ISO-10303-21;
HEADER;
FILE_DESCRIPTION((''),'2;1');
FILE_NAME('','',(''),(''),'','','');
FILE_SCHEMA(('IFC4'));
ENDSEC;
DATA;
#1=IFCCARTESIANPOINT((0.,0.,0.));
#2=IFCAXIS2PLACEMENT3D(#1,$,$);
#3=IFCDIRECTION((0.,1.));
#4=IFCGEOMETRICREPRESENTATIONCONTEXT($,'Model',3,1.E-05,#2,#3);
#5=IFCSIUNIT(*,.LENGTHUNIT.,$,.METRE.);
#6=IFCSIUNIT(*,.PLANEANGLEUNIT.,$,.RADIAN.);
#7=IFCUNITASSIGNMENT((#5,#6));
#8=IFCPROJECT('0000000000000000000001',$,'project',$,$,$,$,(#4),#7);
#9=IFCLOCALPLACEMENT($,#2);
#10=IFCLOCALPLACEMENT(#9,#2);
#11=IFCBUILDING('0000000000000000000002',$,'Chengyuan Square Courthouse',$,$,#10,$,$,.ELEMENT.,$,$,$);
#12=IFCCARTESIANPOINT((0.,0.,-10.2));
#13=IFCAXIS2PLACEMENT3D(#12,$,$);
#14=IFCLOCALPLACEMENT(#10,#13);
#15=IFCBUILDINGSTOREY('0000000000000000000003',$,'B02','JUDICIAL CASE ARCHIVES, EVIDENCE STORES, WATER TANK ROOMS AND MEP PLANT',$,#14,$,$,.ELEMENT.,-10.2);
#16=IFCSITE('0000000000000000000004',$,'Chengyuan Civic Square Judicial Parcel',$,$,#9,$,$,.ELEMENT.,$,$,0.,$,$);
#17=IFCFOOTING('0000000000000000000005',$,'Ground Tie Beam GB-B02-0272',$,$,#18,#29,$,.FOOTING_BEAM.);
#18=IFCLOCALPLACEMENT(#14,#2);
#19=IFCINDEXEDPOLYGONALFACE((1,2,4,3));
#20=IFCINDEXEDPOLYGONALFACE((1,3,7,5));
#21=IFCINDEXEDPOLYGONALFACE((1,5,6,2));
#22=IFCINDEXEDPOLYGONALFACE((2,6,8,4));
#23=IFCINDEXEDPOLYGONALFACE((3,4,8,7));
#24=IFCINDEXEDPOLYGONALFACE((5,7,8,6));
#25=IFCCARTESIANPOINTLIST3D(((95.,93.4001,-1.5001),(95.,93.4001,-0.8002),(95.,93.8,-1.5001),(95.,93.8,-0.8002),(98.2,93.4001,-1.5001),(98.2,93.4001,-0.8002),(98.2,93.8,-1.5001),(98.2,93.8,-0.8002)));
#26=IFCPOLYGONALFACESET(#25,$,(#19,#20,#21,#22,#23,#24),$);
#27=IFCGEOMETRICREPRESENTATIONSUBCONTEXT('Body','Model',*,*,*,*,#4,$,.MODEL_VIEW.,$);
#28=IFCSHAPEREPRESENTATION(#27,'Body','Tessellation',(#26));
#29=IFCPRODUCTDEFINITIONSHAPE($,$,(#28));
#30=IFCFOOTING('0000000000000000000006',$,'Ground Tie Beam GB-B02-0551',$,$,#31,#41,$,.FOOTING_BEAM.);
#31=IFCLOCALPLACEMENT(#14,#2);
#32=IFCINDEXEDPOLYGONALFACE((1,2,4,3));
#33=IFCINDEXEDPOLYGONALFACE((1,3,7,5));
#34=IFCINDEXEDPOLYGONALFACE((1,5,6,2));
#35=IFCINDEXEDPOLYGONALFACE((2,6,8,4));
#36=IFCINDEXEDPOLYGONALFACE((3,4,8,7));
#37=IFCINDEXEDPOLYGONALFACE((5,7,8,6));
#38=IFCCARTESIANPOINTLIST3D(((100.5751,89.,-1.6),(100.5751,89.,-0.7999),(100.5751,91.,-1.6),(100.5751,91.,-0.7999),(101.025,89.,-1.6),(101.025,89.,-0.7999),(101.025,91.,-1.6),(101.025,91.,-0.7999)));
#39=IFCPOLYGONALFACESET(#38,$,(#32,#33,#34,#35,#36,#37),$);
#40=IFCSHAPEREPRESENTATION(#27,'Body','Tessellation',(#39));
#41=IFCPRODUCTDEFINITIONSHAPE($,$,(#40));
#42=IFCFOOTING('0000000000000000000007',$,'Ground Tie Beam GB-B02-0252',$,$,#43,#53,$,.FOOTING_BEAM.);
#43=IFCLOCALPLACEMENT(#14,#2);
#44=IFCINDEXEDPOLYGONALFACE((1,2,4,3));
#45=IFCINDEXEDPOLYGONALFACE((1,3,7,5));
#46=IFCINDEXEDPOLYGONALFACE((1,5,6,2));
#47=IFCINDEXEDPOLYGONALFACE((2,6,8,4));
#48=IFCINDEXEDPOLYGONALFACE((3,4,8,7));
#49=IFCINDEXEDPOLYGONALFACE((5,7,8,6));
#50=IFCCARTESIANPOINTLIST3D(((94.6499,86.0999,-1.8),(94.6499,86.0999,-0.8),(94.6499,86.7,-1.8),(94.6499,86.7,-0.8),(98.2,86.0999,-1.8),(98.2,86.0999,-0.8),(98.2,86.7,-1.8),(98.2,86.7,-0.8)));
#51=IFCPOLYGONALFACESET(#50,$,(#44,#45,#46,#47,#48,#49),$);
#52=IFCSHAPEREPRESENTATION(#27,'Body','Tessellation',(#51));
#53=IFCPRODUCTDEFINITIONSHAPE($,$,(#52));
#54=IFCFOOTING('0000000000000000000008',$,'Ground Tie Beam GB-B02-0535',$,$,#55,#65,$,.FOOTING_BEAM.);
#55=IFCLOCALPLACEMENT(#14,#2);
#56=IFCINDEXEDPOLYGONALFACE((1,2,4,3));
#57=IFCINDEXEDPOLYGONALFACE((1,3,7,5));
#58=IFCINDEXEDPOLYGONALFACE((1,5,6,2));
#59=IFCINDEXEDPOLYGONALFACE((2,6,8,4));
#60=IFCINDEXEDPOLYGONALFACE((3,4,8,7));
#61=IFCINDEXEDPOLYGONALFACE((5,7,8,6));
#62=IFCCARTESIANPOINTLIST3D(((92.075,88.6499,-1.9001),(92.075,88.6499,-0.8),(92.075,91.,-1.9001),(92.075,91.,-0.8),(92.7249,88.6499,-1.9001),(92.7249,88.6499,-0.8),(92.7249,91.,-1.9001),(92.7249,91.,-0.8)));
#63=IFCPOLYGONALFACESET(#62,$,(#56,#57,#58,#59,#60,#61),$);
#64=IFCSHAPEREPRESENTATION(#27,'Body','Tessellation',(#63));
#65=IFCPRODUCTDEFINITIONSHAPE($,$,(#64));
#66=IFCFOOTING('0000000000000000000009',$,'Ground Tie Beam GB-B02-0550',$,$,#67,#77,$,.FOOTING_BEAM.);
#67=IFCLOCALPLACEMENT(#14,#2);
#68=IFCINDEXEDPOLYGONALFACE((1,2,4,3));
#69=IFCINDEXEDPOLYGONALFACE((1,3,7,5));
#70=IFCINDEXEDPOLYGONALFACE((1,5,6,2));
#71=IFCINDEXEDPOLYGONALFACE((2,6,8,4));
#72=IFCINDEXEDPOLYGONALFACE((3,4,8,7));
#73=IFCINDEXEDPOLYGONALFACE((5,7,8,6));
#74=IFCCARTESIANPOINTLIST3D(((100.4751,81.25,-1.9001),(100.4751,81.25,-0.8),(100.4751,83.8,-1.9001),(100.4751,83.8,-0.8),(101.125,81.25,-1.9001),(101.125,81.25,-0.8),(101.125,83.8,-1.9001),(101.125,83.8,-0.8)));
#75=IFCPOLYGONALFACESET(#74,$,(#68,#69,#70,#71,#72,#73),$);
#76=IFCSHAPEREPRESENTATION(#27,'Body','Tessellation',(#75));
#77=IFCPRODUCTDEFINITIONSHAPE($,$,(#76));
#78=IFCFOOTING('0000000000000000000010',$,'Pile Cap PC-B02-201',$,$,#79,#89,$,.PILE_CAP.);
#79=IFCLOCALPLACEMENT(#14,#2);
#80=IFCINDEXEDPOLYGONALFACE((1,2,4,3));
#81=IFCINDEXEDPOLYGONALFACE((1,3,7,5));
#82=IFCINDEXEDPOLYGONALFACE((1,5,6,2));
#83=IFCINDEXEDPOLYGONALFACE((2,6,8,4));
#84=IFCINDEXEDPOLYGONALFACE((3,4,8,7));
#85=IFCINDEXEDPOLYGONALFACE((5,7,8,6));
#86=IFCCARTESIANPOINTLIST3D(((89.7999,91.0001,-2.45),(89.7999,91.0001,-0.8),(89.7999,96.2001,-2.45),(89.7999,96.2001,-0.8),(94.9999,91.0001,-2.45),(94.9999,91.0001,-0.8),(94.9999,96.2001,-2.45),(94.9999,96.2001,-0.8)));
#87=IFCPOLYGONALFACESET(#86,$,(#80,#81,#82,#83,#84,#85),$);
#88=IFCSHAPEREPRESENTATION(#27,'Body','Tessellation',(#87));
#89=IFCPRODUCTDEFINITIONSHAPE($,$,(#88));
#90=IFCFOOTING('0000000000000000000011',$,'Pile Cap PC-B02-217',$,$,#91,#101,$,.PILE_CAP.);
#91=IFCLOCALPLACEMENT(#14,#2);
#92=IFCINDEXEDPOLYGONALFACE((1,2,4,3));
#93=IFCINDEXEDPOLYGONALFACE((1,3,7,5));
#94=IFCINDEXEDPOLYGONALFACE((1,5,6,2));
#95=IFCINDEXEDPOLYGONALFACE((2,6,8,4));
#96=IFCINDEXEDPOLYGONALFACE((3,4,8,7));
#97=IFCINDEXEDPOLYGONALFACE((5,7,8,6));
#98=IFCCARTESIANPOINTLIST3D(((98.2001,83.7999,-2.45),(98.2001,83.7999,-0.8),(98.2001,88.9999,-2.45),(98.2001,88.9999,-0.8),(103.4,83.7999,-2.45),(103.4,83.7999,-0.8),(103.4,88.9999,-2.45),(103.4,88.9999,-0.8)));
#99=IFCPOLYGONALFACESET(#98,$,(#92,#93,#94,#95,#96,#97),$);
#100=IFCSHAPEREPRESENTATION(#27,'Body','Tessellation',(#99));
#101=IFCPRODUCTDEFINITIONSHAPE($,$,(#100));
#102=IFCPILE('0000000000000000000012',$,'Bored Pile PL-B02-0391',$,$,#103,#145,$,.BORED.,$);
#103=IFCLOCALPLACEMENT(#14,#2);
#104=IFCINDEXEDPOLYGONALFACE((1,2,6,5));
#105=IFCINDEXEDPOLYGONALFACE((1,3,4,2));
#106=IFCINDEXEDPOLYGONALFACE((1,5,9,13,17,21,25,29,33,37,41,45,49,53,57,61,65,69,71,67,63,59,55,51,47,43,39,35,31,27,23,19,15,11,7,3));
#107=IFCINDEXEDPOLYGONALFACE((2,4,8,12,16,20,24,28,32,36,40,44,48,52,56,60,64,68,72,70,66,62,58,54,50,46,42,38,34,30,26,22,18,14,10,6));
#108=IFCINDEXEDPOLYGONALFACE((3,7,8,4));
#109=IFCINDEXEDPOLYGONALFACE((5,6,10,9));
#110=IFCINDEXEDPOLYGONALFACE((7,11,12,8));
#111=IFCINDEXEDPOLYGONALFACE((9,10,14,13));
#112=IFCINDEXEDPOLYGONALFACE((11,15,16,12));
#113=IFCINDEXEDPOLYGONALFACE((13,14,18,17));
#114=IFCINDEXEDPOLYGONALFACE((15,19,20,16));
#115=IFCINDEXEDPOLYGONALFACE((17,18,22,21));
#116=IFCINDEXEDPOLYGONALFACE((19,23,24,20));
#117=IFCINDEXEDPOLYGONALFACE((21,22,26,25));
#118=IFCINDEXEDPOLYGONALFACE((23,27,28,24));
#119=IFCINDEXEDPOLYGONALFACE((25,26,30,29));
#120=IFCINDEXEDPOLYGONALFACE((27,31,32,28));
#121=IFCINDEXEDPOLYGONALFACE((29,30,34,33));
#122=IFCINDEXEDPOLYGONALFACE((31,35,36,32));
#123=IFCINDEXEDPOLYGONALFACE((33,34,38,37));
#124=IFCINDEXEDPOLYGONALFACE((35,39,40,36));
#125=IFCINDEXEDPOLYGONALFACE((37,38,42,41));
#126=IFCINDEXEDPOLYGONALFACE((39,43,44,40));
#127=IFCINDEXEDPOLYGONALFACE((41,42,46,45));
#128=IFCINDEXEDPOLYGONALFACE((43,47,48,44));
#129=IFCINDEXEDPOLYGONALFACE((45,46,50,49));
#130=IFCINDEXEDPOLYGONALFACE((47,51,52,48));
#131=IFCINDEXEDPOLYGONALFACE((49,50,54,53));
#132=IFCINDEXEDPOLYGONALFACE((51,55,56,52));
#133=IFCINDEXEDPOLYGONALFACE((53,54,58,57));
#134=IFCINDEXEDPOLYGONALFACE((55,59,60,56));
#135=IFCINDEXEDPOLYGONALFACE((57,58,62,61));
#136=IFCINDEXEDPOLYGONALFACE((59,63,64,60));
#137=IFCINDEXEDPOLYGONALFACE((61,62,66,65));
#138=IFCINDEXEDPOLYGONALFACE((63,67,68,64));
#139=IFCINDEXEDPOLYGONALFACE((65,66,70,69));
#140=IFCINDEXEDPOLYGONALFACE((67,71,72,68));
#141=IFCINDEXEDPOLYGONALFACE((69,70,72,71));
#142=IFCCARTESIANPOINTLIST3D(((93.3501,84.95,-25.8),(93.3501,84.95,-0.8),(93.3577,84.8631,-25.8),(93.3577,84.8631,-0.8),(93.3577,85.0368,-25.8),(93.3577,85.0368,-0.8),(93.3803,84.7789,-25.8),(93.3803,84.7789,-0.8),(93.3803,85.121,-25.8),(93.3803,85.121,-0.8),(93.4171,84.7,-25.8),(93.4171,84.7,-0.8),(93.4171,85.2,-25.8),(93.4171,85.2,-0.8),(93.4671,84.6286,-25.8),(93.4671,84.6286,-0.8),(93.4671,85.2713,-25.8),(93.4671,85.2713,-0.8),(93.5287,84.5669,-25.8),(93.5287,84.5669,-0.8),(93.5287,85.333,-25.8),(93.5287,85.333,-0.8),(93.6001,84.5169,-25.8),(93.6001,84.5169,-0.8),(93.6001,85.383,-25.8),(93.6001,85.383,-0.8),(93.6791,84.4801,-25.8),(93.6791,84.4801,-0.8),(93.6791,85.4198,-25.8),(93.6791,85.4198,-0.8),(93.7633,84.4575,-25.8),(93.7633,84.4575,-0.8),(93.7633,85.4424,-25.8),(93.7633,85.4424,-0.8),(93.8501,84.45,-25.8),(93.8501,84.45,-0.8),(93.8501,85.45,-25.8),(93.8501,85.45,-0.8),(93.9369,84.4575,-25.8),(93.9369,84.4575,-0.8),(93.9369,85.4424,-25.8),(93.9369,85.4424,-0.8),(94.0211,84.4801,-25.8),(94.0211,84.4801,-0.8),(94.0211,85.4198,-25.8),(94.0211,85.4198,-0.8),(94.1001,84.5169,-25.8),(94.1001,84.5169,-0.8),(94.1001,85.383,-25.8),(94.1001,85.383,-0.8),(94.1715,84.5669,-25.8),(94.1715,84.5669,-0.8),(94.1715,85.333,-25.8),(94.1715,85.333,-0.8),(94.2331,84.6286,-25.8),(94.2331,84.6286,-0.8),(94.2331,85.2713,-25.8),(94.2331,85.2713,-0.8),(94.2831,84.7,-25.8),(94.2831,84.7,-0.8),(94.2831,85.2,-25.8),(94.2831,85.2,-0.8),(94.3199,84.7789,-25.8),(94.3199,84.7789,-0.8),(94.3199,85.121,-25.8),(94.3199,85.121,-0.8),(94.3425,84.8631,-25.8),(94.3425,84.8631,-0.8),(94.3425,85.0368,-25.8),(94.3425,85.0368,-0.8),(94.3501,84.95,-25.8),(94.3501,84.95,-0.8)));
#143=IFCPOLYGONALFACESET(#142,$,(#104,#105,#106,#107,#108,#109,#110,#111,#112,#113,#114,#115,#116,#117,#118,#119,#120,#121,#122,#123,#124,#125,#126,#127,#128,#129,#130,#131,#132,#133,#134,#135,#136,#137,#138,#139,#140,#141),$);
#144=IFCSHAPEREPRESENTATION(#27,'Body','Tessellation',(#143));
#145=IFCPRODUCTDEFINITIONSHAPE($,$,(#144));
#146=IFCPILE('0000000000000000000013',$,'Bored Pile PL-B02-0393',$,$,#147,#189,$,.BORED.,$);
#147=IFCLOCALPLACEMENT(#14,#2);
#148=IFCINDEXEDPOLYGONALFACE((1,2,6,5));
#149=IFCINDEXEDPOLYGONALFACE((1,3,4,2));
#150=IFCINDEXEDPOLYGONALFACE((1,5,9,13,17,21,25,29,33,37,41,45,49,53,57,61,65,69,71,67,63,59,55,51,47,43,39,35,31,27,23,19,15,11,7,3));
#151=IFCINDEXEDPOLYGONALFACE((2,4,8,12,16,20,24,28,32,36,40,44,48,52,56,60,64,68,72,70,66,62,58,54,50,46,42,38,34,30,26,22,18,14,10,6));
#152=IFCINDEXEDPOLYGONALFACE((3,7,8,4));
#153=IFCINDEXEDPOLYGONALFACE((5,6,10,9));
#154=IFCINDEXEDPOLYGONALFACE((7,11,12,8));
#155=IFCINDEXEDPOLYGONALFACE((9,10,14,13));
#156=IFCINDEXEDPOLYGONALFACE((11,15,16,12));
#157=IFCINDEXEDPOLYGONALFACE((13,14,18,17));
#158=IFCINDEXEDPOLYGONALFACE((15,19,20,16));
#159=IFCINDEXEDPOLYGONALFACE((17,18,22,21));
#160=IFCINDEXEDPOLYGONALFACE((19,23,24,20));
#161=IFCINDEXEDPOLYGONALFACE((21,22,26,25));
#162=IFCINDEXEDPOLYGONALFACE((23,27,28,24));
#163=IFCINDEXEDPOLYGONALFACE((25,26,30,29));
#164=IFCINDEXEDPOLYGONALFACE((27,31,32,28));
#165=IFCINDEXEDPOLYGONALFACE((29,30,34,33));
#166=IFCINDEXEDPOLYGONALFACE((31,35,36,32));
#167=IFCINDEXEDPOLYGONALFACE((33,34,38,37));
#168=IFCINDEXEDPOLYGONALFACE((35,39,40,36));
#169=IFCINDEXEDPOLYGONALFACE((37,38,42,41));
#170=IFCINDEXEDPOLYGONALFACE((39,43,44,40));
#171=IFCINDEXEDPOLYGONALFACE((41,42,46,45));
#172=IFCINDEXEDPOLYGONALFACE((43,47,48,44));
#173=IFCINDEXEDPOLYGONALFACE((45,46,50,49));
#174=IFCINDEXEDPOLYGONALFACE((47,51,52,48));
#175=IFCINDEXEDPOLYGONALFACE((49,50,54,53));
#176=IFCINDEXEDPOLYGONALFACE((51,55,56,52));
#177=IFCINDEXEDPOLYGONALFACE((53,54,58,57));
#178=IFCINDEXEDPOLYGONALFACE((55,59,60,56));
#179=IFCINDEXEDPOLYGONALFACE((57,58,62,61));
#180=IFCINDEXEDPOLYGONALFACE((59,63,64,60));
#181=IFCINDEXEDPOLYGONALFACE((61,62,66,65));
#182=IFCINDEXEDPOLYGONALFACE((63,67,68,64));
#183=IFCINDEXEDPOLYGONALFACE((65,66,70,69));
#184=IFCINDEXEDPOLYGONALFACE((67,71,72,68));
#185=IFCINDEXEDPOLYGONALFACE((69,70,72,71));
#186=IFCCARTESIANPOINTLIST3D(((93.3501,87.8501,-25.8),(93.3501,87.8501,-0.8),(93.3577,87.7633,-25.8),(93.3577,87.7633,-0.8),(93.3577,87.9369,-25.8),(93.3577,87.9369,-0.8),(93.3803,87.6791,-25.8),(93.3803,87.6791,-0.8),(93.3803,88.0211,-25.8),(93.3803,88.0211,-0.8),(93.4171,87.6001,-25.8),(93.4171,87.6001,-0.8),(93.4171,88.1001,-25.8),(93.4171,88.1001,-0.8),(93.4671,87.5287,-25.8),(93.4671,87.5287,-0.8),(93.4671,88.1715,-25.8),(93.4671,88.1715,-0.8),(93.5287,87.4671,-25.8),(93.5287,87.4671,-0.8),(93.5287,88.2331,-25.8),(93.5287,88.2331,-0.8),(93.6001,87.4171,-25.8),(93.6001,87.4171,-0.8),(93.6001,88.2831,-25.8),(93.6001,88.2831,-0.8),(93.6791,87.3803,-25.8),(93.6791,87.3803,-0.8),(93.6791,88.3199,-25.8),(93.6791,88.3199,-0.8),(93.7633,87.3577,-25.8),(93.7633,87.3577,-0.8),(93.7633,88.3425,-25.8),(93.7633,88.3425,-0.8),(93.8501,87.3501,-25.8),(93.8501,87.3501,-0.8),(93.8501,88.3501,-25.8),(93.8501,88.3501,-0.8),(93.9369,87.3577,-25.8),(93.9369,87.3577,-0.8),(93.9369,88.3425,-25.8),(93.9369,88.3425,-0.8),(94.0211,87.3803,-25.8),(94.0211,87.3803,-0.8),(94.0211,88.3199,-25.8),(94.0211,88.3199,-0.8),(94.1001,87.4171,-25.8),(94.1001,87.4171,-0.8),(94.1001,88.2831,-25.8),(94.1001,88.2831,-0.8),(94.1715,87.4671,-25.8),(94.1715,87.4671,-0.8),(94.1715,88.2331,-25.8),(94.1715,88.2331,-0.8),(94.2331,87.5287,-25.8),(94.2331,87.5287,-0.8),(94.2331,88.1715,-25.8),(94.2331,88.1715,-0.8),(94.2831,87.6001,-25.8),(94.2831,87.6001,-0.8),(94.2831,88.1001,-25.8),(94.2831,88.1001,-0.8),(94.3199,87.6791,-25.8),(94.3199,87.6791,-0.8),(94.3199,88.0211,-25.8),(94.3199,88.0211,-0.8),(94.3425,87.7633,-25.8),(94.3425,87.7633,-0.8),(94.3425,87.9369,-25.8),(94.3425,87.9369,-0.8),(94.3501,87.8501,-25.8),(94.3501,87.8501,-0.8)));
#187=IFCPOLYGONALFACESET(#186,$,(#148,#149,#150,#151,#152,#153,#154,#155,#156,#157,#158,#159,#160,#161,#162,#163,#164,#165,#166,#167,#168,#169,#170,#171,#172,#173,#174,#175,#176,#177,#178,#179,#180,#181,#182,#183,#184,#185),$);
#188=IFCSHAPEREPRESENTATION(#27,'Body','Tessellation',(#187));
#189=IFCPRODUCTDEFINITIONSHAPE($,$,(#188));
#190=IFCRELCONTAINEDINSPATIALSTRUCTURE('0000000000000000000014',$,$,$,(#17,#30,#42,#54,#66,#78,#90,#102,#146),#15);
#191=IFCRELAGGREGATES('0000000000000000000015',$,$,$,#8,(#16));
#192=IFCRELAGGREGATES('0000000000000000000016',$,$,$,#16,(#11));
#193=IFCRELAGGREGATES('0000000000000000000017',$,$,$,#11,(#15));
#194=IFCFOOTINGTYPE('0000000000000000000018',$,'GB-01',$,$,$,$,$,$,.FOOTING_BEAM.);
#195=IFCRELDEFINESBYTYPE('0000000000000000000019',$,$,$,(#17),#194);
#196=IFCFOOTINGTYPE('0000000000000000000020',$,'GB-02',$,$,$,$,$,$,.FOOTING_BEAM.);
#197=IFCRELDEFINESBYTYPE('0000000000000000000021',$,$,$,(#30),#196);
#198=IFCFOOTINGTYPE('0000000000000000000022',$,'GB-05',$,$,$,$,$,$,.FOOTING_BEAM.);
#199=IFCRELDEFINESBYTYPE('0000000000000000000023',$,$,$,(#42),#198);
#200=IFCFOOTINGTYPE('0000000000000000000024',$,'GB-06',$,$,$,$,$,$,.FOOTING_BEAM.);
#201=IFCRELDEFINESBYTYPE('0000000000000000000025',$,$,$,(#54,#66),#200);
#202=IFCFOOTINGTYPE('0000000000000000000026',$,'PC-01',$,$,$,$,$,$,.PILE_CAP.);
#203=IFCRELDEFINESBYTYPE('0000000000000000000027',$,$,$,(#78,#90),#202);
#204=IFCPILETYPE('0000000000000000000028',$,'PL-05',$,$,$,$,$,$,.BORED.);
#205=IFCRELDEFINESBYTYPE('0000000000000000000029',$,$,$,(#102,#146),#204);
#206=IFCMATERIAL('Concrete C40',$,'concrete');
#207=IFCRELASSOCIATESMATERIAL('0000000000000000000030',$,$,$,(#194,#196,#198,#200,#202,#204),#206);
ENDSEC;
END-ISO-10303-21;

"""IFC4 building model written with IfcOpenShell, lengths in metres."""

from ifc_helpers import new_model, si_unit, direction, frame, origin, origin_2d, place, context, subcontext, project, spatial, rectangle, circle, extrude, material, material_profile, profile_set, type_object, element, save


model = new_model("IFC4")

# Units and contexts
model_context = context("Model", 3, precision=1e-05, world=origin(), true_north=direction((0.0, 1.0)))
body_context = subcontext(model_context, "Body", "Model", "MODEL_VIEW")
ifc_project = project(units=[si_unit("LENGTHUNIT", "METRE"), si_unit("PLANEANGLEUNIT", "RADIAN")], contexts=[model_context])

# Site, building, storey
site_placement = place(None, origin())
site = spatial("IfcSite", under=ifc_project, at=site_placement, Name="Chengyuan Civic Square Judicial Parcel", CompositionType="ELEMENT", RefElevation=0.0)
building_placement = place(site_placement, origin())
building = spatial("IfcBuilding", under=site, at=building_placement, Name="Chengyuan Square Courthouse", CompositionType="ELEMENT")
storey_placement = place(building_placement, frame((0.0, 0.0, -10.2)))
storey = spatial("IfcBuildingStorey", under=building, at=storey_placement, Name="B02", Description="JUDICIAL CASE ARCHIVES, EVIDENCE STORES, WATER TANK ROOMS AND MEP PLANT", CompositionType="ELEMENT", Elevation=-10.2)

# Footings
ifc_material_1 = material(Name="Concrete C40", Category="concrete")
ifc_material_profile_1 = material_profile(ifc_material_1, rectangle(XDim=0.3999, YDim=0.7, at=origin_2d()), Name="GB-400x700")
ifc_profile_set_1 = profile_set([ifc_material_profile_1], Name="Concrete C40")
footing_type_1 = type_object("IfcFootingType", Name="GB-01", PredefinedType="FOOTING_BEAM", material=ifc_profile_set_1)
footing_1_placement = place(storey_placement, frame((95.0, 93.6001, -1.1501), z_axis=(1.0, 0.0, 0.0), x_axis=(0.0, 1.0, 0.0)))
element("IfcFooting", 1, at=footing_1_placement, inside=storey, type_object=footing_type_1, Name="Ground Tie Beam GB-B02-0272", PredefinedType="FOOTING_BEAM", context=body_context, shape_type="SweptSolid", body=[
    extrude(rectangle(XDim=0.3999, YDim=0.7, at=origin_2d()), origin(), (0.0, 0.0, 1.0), 3.2),
])
ifc_material_profile_2 = material_profile(ifc_material_1, rectangle(XDim=0.45, YDim=0.8, at=origin_2d()), Name="GB-450x800")
ifc_profile_set_2 = profile_set([ifc_material_profile_2], Name="Concrete C40")
footing_type_2 = type_object("IfcFootingType", Name="GB-02", PredefinedType="FOOTING_BEAM", material=ifc_profile_set_2)
footing_2_placement = place(storey_placement, frame((100.8, 89.0, -1.2), z_axis=(0.0, 1.0, 0.0), x_axis=(-1.0, 0.0, 0.0)))
element("IfcFooting", 2, at=footing_2_placement, inside=storey, type_object=footing_type_2, Name="Ground Tie Beam GB-B02-0551", PredefinedType="FOOTING_BEAM", context=body_context, shape_type="SweptSolid", body=[
    extrude(rectangle(XDim=0.45, YDim=0.8, at=origin_2d()), origin(), (0.0, 0.0, 1.0), 2.0),
])
ifc_material_profile_3 = material_profile(ifc_material_1, rectangle(XDim=0.6001, YDim=1.0, at=origin_2d()), Name="GB-600x1000")
ifc_profile_set_3 = profile_set([ifc_material_profile_3], Name="Concrete C40")
footing_type_3 = type_object("IfcFootingType", Name="GB-05", PredefinedType="FOOTING_BEAM", material=ifc_profile_set_3)
footing_3_placement = place(storey_placement, frame((94.6499, 86.3999, -1.3), z_axis=(1.0, 0.0, 0.0), x_axis=(0.0, 1.0, 0.0)))
element("IfcFooting", 3, at=footing_3_placement, inside=storey, type_object=footing_type_3, Name="Ground Tie Beam GB-B02-0252", PredefinedType="FOOTING_BEAM", context=body_context, shape_type="SweptSolid", body=[
    extrude(rectangle(XDim=0.6001, YDim=1.0, at=origin_2d()), origin(), (0.0, 0.0, 1.0), 3.55),
])
ifc_material_profile_4 = material_profile(ifc_material_1, rectangle(XDim=0.6499, YDim=1.1001, at=origin_2d()), Name="GB-650x1100")
ifc_profile_set_4 = profile_set([ifc_material_profile_4], Name="Concrete C40")
footing_type_4 = type_object("IfcFootingType", Name="GB-06", PredefinedType="FOOTING_BEAM", material=ifc_profile_set_4)
footing_4_placement = place(storey_placement, frame((92.3999, 88.6499, -1.3501), z_axis=(0.0, 1.0, 0.0), x_axis=(-1.0, 0.0, 0.0)))
element("IfcFooting", 4, at=footing_4_placement, inside=storey, type_object=footing_type_4, Name="Ground Tie Beam GB-B02-0535", PredefinedType="FOOTING_BEAM", context=body_context, shape_type="SweptSolid", body=[
    extrude(rectangle(XDim=0.6499, YDim=1.1001, at=origin_2d()), origin(), (0.0, 0.0, 1.0), 2.3501),
])
footing_5_placement = place(storey_placement, frame((100.8, 81.25, -1.3501), z_axis=(0.0, 1.0, 0.0), x_axis=(-1.0, 0.0, 0.0)))
element("IfcFooting", 5, at=footing_5_placement, inside=storey, type_object=footing_type_4, Name="Ground Tie Beam GB-B02-0550", PredefinedType="FOOTING_BEAM", context=body_context, shape_type="SweptSolid", body=[
    extrude(rectangle(XDim=0.6499, YDim=1.1001, at=origin_2d()), origin(), (0.0, 0.0, 1.0), 2.55),
])
footing_type_5 = type_object("IfcFootingType", Name="PC-01", PredefinedType="PILE_CAP", material=ifc_material_1)
for number, where, z_axis, x_axis, name in (
    (6, (92.3999, 93.6001, -2.45), (0.0, 0.0, 1.0), (1.0, 0.0, 0.0), "Pile Cap PC-B02-201"),
    (7, (100.8, 86.3999, -2.45), (0.0, 0.0, 1.0), (1.0, 0.0, 0.0), "Pile Cap PC-B02-217"),
):
    element("IfcFooting", number, at=place(storey_placement, frame(where, z_axis=z_axis, x_axis=x_axis)), inside=storey, type_object=footing_type_5, Name=name, PredefinedType="PILE_CAP", context=body_context, shape_type="SweptSolid", body=[
        extrude(rectangle(XDim=5.2, YDim=5.2, at=origin_2d()), origin(), (0.0, 0.0, 1.0), 1.6499),
    ])

# Piles
ifc_material_profile_5 = material_profile(ifc_material_1, circle(Radius=0.5, at=origin_2d()), Name="BORED PILE D1000")
ifc_profile_set_5 = profile_set([ifc_material_profile_5], Name="Concrete C40")
pile_type_1 = type_object("IfcPileType", Name="PL-05", PredefinedType="BORED", material=ifc_profile_set_5)
for number, where, z_axis, x_axis, name in (
    (8, (93.8501, 84.95, -0.8), (0.0, 0.0, -1.0), (1.0, 0.0, 0.0), "Bored Pile PL-B02-0391"),
    (9, (93.8501, 87.8501, -0.8), (0.0, 0.0, -1.0), (1.0, 0.0, 0.0), "Bored Pile PL-B02-0393"),
):
    element("IfcPile", number, at=place(storey_placement, frame(where, z_axis=z_axis, x_axis=x_axis)), inside=storey, type_object=pile_type_1, Name=name, PredefinedType="BORED", context=body_context, shape_type="SweptSolid", body=[
        extrude(circle(Radius=0.5, at=origin_2d()), origin(), (0.0, 0.0, 1.0), 25.0),
    ])

save(model, "model.ifc")
